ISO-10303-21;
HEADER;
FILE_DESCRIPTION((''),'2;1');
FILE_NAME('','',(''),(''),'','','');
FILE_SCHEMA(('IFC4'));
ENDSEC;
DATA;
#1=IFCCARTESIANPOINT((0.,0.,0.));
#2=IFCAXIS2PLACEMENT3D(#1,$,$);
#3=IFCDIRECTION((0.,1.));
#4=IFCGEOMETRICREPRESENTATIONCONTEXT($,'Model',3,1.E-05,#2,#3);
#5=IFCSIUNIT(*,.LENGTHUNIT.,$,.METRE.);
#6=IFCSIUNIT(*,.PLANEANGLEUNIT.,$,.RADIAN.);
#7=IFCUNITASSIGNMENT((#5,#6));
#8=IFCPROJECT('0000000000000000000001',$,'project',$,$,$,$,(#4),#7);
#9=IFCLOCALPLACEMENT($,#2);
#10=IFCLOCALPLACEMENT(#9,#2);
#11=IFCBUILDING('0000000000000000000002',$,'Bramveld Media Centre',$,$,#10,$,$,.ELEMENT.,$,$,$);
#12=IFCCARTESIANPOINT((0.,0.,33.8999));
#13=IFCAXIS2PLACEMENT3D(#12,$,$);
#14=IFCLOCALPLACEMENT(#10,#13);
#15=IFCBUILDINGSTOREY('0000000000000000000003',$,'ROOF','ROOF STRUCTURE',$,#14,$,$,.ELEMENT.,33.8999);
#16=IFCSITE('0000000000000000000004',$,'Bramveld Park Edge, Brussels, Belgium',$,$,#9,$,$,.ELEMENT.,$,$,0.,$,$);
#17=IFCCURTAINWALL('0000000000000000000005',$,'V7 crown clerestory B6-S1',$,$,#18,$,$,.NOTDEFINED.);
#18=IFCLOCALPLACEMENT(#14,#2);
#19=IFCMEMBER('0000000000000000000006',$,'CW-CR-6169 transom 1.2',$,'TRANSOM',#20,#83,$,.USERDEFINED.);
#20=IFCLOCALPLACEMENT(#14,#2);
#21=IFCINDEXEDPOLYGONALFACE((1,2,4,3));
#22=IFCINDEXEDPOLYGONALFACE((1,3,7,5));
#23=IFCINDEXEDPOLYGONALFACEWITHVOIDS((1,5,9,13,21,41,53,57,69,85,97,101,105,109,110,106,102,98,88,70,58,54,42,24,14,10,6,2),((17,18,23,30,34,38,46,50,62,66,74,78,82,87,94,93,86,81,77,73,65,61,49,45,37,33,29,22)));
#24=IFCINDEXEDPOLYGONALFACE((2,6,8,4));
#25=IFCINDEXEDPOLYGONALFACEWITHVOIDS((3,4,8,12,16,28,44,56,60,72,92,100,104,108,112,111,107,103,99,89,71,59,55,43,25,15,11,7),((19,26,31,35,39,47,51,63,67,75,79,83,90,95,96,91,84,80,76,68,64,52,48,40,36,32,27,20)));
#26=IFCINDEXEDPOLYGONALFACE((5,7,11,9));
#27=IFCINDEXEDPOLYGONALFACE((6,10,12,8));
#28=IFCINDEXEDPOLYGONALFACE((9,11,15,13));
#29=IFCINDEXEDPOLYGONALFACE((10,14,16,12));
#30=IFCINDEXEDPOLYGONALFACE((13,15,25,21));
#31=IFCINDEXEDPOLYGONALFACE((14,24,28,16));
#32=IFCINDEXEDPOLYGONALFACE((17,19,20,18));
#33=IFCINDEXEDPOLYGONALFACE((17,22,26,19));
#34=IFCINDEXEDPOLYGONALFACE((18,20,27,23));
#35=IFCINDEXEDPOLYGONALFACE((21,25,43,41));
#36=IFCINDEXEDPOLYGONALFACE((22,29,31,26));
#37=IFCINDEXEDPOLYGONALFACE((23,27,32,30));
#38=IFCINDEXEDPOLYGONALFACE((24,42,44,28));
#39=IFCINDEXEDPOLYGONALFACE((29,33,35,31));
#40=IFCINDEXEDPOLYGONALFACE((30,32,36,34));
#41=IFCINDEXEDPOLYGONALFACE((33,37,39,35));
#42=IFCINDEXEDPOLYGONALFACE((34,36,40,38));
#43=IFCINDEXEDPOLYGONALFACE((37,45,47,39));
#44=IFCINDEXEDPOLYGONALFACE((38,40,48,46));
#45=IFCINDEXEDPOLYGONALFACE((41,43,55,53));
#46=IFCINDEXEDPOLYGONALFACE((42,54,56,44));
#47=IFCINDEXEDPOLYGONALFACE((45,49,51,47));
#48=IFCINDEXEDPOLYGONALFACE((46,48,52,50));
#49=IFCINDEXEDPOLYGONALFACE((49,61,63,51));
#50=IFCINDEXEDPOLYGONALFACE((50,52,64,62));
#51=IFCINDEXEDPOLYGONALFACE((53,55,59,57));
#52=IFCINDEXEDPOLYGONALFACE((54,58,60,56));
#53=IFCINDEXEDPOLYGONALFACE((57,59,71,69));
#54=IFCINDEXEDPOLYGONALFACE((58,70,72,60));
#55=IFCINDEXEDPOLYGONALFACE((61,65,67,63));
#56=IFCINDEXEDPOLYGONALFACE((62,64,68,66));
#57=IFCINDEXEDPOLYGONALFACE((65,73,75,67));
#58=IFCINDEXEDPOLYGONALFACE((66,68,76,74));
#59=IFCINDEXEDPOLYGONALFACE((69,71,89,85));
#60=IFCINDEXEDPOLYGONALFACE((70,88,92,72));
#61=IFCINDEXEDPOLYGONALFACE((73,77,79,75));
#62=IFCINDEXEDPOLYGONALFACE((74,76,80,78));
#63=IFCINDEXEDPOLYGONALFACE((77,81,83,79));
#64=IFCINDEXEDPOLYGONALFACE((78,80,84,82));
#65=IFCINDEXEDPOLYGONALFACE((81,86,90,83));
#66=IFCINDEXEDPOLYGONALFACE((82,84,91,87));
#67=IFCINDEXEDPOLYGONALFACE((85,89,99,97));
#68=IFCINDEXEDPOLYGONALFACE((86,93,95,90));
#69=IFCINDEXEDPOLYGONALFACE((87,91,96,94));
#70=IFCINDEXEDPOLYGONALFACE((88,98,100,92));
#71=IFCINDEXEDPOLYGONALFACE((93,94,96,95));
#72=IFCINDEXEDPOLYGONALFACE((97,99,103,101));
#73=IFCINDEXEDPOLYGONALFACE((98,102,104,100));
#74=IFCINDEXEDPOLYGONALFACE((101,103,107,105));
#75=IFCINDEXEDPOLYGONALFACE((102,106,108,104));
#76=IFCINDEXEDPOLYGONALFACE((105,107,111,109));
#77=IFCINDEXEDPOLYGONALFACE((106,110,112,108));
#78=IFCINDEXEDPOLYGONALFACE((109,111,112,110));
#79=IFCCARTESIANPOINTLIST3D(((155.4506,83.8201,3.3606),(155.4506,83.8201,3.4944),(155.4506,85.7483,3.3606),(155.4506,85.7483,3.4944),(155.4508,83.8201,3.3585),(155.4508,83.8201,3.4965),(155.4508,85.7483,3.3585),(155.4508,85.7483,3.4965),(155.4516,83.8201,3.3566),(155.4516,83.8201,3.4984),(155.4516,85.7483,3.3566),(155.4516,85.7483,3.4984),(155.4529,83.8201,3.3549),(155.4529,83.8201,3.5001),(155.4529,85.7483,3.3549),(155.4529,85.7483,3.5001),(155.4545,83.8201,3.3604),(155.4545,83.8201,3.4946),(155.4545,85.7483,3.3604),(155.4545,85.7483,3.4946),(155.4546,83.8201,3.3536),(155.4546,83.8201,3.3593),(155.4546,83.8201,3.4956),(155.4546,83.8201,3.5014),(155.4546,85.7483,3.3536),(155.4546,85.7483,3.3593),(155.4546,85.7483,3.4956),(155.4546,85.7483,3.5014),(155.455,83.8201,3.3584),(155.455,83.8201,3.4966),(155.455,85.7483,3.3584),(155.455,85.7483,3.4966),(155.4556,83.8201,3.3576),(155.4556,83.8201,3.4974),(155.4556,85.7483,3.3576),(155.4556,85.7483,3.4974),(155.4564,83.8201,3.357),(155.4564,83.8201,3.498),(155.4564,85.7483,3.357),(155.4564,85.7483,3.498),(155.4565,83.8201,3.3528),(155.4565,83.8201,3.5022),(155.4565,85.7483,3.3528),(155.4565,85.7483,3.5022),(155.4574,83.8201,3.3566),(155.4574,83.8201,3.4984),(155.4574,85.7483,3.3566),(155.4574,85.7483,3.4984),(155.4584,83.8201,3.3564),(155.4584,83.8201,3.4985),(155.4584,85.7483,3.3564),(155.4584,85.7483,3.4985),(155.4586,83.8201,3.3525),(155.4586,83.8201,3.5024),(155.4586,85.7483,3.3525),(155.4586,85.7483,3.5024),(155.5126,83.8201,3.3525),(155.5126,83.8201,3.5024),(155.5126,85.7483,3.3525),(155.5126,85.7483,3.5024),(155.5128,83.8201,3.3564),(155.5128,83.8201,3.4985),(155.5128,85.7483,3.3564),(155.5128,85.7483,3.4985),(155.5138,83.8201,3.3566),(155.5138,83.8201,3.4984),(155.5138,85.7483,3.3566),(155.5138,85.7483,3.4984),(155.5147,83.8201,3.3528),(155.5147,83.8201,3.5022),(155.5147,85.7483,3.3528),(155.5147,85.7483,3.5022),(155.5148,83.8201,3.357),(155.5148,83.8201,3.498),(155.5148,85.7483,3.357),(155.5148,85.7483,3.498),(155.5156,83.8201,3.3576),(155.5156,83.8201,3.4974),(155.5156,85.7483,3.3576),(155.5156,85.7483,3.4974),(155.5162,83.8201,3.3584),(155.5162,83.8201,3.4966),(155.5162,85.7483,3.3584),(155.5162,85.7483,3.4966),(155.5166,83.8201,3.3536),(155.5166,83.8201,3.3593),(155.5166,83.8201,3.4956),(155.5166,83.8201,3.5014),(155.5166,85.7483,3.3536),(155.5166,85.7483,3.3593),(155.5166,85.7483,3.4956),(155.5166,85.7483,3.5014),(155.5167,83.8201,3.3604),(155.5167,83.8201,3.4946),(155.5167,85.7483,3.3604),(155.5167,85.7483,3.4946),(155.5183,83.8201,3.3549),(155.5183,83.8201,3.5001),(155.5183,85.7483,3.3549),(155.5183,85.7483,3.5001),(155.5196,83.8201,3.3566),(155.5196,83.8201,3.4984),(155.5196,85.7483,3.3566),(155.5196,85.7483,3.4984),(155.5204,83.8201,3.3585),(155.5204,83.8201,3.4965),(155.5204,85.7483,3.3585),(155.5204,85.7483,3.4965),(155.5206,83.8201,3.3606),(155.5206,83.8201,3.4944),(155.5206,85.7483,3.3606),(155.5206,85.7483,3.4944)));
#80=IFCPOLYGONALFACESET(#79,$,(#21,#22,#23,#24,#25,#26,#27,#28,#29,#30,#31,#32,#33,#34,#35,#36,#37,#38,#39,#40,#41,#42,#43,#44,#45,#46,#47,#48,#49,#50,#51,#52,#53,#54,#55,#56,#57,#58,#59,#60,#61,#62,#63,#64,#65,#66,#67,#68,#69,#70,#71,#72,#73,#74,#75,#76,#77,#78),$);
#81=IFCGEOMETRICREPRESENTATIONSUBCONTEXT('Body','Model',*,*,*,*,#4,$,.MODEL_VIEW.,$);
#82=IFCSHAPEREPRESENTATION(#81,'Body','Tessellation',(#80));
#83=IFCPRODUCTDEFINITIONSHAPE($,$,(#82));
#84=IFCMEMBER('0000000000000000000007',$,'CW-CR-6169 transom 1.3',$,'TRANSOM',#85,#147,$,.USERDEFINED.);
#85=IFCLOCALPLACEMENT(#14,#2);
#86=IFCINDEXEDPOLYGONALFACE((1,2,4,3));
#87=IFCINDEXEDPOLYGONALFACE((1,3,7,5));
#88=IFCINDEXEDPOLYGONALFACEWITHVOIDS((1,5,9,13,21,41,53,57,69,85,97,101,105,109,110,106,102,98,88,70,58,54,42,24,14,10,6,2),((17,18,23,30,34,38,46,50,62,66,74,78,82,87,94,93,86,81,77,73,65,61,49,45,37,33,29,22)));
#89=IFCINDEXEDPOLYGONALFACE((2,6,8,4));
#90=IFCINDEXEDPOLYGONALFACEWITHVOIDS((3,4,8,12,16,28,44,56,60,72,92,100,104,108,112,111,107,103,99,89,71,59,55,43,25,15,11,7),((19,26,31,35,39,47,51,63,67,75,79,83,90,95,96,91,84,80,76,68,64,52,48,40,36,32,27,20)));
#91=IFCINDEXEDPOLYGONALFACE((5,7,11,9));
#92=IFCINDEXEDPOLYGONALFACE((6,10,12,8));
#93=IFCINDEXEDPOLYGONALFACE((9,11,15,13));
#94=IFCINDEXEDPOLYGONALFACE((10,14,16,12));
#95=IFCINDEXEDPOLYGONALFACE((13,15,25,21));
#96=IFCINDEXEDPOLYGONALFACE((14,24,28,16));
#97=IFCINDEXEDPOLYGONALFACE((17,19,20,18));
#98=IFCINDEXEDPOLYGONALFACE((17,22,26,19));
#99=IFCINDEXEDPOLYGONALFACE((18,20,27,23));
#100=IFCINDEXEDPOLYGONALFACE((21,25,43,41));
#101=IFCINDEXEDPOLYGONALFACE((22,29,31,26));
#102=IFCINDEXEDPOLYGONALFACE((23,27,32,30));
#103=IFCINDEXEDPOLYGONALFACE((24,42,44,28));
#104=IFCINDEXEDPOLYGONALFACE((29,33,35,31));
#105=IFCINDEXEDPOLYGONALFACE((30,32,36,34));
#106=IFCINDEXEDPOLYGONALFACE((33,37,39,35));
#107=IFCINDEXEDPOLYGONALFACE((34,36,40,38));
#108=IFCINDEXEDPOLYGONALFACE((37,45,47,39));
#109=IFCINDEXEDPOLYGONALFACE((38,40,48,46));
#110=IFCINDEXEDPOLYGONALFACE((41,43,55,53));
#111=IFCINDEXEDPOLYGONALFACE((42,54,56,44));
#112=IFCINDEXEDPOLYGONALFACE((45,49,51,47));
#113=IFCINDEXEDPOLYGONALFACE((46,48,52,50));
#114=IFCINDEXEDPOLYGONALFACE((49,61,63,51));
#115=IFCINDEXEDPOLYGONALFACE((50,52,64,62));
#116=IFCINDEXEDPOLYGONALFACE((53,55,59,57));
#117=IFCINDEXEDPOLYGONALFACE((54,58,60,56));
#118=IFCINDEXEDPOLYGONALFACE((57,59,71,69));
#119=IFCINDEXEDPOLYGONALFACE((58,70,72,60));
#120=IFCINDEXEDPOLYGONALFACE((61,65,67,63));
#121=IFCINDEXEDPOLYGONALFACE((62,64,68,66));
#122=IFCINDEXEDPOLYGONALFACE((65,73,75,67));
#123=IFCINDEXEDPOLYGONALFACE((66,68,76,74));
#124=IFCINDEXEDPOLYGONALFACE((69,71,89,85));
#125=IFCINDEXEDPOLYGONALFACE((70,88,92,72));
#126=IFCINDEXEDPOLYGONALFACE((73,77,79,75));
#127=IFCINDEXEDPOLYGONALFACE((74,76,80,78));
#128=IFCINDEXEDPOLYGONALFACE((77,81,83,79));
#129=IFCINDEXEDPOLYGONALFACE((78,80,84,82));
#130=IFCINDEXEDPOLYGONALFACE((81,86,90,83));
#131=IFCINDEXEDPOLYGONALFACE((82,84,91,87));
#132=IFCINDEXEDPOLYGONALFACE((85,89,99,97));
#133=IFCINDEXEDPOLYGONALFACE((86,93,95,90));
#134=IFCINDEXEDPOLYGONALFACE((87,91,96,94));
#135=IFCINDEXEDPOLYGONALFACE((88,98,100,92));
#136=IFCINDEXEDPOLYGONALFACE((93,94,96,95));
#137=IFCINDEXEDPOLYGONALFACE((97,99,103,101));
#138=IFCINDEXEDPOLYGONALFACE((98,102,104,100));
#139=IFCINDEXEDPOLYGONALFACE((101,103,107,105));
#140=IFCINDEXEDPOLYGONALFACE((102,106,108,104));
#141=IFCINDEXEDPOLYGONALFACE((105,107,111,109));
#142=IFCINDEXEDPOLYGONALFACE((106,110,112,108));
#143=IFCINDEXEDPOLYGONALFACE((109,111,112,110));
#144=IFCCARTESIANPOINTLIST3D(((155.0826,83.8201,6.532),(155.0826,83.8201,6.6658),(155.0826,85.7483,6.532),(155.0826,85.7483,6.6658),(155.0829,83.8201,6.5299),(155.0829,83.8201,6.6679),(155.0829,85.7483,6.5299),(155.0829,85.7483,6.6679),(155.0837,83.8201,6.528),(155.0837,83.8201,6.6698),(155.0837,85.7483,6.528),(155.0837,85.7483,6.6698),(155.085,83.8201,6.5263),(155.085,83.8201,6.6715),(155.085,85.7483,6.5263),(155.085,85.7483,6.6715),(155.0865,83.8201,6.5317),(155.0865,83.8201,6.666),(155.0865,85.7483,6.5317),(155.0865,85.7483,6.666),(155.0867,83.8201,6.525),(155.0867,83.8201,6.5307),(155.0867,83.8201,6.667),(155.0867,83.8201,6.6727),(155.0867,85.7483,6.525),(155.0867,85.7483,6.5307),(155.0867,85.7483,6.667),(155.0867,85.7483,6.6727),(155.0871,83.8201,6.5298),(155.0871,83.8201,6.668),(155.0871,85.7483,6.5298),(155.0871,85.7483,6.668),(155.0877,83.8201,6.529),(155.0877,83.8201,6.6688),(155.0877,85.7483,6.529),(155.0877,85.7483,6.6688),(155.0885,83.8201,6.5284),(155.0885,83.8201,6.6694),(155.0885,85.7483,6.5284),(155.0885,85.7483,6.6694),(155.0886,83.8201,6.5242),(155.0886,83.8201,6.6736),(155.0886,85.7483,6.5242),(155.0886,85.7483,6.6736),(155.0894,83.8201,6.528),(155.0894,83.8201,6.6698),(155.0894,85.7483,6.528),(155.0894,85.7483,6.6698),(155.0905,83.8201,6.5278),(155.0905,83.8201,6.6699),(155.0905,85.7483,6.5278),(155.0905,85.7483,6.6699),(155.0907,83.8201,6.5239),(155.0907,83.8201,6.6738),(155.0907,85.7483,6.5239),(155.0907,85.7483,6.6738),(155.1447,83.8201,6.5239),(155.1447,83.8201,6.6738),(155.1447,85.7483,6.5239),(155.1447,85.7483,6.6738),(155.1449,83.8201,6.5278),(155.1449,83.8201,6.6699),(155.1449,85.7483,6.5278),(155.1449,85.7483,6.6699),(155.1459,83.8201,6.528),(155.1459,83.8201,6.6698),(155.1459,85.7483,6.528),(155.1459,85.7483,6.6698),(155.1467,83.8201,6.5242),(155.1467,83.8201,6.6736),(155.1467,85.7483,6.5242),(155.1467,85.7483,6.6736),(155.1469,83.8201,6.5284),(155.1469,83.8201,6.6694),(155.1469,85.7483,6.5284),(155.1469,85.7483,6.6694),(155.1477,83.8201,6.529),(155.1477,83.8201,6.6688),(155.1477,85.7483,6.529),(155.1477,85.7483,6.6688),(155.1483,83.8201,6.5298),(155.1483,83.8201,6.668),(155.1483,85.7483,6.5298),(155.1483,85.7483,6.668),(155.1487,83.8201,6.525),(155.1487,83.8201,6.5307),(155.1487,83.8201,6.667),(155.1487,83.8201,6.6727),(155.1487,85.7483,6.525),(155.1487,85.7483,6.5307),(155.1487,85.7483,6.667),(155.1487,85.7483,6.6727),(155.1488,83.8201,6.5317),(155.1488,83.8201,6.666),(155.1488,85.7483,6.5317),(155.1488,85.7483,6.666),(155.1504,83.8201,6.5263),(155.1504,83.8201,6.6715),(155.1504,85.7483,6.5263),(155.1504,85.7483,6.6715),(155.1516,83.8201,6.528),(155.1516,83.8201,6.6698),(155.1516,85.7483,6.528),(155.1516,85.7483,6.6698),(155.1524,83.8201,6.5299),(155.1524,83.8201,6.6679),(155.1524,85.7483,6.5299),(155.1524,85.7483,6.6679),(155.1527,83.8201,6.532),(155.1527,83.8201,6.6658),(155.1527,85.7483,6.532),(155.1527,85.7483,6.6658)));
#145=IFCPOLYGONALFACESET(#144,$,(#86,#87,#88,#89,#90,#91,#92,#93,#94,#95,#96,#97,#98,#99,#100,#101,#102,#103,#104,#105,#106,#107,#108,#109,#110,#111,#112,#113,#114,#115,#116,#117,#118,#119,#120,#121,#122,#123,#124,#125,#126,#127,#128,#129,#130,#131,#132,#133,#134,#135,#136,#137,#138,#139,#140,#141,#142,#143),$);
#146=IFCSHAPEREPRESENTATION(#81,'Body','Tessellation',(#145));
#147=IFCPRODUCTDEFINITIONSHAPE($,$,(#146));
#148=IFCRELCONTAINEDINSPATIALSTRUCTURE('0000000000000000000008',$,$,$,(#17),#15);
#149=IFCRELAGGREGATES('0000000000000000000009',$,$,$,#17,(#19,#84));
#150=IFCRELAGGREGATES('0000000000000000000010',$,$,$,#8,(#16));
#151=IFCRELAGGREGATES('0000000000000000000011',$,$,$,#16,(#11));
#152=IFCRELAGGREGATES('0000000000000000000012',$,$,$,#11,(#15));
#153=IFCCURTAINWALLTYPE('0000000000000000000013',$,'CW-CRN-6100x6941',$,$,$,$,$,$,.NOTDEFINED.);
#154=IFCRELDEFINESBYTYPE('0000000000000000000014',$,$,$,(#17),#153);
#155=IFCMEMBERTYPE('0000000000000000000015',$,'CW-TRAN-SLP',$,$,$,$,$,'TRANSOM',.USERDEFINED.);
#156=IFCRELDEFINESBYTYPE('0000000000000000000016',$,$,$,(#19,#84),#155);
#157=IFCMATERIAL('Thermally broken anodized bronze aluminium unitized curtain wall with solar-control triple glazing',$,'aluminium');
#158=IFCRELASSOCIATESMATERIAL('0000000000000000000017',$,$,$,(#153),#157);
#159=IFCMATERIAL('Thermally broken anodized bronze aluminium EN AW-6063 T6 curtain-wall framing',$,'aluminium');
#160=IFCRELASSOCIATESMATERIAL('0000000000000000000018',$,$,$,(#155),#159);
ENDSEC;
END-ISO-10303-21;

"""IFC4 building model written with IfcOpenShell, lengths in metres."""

from ifc_helpers import new_model, si_unit, direction, frame, origin, origin_2d, place, context, subcontext, project, spatial, hollow_rectangle, extrude, material, material_profile, profile_set, type_object, element, aggregate, save


model = new_model("IFC4")

# Units and contexts
model_context = context("Model", 3, precision=1e-05, world=origin(), true_north=direction((0.0, 1.0)))
body_context = subcontext(model_context, "Body", "Model", "MODEL_VIEW")
ifc_project = project(units=[si_unit("LENGTHUNIT", "METRE"), si_unit("PLANEANGLEUNIT", "RADIAN")], contexts=[model_context])

# Site, building, storey
site_placement = place(None, origin())
site = spatial("IfcSite", under=ifc_project, at=site_placement, Name="Bramveld Park Edge, Brussels, Belgium", CompositionType="ELEMENT", RefElevation=0.0)
building_placement = place(site_placement, origin())
building = spatial("IfcBuilding", under=site, at=building_placement, Name="Bramveld Media Centre", CompositionType="ELEMENT")
storey_placement = place(building_placement, frame((0.0, 0.0, 33.8999)))
storey = spatial("IfcBuildingStorey", under=building, at=storey_placement, Name="ROOF", Description="ROOF STRUCTURE", CompositionType="ELEMENT", Elevation=33.8999)

# Curtain wall, members
ifc_material_1 = material(Name="Thermally broken anodized bronze aluminium unitized curtain wall with solar-control triple glazing", Category="aluminium")
curtain_wall_type = type_object("IfcCurtainWallType", Name="CW-CRN-6100x6941", PredefinedType="NOTDEFINED", material=ifc_material_1)
curtain_wall_1_placement = place(storey_placement, origin())
curtain_wall_1 = element("IfcCurtainWall", 1, at=curtain_wall_1_placement, inside=storey, type_object=curtain_wall_type, Name="V7 crown clerestory B6-S1", PredefinedType="NOTDEFINED")
ifc_material_2 = material(Name="Thermally broken anodized bronze aluminium EN AW-6063 T6 curtain-wall framing", Category="aluminium")
ifc_material_profile_1 = material_profile(ifc_material_2, hollow_rectangle(XDim=0.0701, YDim=0.1499, WallThickness=0.0039, InnerFilletRadius=0.0039, OuterFilletRadius=0.0081, at=origin_2d()), Name="AL-TRAN 70x150")
ifc_profile_set_1 = profile_set([ifc_material_profile_1], Name="Thermally broken anodized bronze aluminium EN AW-6063 T6 curtain-wall framing")
member_type_1 = type_object("IfcMemberType", Name="CW-TRAN-SLP", ElementType="TRANSOM", PredefinedType="USERDEFINED", material=ifc_profile_set_1)
member_1_placement = place(storey_placement, frame((155.4856, 83.8201, 3.4275), z_axis=(0.0, 1.0, 0.0), x_axis=(-1.0, 0.0, 0.0)))
member_1 = element("IfcMember", 2, at=member_1_placement, type_object=member_type_1, Name="CW-CR-6169 transom 1.2", ObjectType="TRANSOM", PredefinedType="USERDEFINED", context=body_context, shape_type="SweptSolid", body=[
    extrude(hollow_rectangle(XDim=0.0701, YDim=0.1499, WallThickness=0.0039, InnerFilletRadius=0.0039, OuterFilletRadius=0.0081, at=origin_2d()), origin(), (0.0, 0.0, 1.0), 1.9282),
])
member_2_placement = place(storey_placement, frame((155.1177, 83.8201, 6.5989), z_axis=(0.0, 1.0, 0.0), x_axis=(-1.0, 0.0, 0.0)))
member_2 = element("IfcMember", 3, at=member_2_placement, type_object=member_type_1, Name="CW-CR-6169 transom 1.3", ObjectType="TRANSOM", PredefinedType="USERDEFINED", context=body_context, shape_type="SweptSolid", body=[
    extrude(hollow_rectangle(XDim=0.0701, YDim=0.1499, WallThickness=0.0039, InnerFilletRadius=0.0039, OuterFilletRadius=0.0081, at=origin_2d()), origin(), (0.0, 0.0, 1.0), 1.9282),
])

aggregate(curtain_wall_1, [member_1, member_2])

save(model, "model.ifc")
